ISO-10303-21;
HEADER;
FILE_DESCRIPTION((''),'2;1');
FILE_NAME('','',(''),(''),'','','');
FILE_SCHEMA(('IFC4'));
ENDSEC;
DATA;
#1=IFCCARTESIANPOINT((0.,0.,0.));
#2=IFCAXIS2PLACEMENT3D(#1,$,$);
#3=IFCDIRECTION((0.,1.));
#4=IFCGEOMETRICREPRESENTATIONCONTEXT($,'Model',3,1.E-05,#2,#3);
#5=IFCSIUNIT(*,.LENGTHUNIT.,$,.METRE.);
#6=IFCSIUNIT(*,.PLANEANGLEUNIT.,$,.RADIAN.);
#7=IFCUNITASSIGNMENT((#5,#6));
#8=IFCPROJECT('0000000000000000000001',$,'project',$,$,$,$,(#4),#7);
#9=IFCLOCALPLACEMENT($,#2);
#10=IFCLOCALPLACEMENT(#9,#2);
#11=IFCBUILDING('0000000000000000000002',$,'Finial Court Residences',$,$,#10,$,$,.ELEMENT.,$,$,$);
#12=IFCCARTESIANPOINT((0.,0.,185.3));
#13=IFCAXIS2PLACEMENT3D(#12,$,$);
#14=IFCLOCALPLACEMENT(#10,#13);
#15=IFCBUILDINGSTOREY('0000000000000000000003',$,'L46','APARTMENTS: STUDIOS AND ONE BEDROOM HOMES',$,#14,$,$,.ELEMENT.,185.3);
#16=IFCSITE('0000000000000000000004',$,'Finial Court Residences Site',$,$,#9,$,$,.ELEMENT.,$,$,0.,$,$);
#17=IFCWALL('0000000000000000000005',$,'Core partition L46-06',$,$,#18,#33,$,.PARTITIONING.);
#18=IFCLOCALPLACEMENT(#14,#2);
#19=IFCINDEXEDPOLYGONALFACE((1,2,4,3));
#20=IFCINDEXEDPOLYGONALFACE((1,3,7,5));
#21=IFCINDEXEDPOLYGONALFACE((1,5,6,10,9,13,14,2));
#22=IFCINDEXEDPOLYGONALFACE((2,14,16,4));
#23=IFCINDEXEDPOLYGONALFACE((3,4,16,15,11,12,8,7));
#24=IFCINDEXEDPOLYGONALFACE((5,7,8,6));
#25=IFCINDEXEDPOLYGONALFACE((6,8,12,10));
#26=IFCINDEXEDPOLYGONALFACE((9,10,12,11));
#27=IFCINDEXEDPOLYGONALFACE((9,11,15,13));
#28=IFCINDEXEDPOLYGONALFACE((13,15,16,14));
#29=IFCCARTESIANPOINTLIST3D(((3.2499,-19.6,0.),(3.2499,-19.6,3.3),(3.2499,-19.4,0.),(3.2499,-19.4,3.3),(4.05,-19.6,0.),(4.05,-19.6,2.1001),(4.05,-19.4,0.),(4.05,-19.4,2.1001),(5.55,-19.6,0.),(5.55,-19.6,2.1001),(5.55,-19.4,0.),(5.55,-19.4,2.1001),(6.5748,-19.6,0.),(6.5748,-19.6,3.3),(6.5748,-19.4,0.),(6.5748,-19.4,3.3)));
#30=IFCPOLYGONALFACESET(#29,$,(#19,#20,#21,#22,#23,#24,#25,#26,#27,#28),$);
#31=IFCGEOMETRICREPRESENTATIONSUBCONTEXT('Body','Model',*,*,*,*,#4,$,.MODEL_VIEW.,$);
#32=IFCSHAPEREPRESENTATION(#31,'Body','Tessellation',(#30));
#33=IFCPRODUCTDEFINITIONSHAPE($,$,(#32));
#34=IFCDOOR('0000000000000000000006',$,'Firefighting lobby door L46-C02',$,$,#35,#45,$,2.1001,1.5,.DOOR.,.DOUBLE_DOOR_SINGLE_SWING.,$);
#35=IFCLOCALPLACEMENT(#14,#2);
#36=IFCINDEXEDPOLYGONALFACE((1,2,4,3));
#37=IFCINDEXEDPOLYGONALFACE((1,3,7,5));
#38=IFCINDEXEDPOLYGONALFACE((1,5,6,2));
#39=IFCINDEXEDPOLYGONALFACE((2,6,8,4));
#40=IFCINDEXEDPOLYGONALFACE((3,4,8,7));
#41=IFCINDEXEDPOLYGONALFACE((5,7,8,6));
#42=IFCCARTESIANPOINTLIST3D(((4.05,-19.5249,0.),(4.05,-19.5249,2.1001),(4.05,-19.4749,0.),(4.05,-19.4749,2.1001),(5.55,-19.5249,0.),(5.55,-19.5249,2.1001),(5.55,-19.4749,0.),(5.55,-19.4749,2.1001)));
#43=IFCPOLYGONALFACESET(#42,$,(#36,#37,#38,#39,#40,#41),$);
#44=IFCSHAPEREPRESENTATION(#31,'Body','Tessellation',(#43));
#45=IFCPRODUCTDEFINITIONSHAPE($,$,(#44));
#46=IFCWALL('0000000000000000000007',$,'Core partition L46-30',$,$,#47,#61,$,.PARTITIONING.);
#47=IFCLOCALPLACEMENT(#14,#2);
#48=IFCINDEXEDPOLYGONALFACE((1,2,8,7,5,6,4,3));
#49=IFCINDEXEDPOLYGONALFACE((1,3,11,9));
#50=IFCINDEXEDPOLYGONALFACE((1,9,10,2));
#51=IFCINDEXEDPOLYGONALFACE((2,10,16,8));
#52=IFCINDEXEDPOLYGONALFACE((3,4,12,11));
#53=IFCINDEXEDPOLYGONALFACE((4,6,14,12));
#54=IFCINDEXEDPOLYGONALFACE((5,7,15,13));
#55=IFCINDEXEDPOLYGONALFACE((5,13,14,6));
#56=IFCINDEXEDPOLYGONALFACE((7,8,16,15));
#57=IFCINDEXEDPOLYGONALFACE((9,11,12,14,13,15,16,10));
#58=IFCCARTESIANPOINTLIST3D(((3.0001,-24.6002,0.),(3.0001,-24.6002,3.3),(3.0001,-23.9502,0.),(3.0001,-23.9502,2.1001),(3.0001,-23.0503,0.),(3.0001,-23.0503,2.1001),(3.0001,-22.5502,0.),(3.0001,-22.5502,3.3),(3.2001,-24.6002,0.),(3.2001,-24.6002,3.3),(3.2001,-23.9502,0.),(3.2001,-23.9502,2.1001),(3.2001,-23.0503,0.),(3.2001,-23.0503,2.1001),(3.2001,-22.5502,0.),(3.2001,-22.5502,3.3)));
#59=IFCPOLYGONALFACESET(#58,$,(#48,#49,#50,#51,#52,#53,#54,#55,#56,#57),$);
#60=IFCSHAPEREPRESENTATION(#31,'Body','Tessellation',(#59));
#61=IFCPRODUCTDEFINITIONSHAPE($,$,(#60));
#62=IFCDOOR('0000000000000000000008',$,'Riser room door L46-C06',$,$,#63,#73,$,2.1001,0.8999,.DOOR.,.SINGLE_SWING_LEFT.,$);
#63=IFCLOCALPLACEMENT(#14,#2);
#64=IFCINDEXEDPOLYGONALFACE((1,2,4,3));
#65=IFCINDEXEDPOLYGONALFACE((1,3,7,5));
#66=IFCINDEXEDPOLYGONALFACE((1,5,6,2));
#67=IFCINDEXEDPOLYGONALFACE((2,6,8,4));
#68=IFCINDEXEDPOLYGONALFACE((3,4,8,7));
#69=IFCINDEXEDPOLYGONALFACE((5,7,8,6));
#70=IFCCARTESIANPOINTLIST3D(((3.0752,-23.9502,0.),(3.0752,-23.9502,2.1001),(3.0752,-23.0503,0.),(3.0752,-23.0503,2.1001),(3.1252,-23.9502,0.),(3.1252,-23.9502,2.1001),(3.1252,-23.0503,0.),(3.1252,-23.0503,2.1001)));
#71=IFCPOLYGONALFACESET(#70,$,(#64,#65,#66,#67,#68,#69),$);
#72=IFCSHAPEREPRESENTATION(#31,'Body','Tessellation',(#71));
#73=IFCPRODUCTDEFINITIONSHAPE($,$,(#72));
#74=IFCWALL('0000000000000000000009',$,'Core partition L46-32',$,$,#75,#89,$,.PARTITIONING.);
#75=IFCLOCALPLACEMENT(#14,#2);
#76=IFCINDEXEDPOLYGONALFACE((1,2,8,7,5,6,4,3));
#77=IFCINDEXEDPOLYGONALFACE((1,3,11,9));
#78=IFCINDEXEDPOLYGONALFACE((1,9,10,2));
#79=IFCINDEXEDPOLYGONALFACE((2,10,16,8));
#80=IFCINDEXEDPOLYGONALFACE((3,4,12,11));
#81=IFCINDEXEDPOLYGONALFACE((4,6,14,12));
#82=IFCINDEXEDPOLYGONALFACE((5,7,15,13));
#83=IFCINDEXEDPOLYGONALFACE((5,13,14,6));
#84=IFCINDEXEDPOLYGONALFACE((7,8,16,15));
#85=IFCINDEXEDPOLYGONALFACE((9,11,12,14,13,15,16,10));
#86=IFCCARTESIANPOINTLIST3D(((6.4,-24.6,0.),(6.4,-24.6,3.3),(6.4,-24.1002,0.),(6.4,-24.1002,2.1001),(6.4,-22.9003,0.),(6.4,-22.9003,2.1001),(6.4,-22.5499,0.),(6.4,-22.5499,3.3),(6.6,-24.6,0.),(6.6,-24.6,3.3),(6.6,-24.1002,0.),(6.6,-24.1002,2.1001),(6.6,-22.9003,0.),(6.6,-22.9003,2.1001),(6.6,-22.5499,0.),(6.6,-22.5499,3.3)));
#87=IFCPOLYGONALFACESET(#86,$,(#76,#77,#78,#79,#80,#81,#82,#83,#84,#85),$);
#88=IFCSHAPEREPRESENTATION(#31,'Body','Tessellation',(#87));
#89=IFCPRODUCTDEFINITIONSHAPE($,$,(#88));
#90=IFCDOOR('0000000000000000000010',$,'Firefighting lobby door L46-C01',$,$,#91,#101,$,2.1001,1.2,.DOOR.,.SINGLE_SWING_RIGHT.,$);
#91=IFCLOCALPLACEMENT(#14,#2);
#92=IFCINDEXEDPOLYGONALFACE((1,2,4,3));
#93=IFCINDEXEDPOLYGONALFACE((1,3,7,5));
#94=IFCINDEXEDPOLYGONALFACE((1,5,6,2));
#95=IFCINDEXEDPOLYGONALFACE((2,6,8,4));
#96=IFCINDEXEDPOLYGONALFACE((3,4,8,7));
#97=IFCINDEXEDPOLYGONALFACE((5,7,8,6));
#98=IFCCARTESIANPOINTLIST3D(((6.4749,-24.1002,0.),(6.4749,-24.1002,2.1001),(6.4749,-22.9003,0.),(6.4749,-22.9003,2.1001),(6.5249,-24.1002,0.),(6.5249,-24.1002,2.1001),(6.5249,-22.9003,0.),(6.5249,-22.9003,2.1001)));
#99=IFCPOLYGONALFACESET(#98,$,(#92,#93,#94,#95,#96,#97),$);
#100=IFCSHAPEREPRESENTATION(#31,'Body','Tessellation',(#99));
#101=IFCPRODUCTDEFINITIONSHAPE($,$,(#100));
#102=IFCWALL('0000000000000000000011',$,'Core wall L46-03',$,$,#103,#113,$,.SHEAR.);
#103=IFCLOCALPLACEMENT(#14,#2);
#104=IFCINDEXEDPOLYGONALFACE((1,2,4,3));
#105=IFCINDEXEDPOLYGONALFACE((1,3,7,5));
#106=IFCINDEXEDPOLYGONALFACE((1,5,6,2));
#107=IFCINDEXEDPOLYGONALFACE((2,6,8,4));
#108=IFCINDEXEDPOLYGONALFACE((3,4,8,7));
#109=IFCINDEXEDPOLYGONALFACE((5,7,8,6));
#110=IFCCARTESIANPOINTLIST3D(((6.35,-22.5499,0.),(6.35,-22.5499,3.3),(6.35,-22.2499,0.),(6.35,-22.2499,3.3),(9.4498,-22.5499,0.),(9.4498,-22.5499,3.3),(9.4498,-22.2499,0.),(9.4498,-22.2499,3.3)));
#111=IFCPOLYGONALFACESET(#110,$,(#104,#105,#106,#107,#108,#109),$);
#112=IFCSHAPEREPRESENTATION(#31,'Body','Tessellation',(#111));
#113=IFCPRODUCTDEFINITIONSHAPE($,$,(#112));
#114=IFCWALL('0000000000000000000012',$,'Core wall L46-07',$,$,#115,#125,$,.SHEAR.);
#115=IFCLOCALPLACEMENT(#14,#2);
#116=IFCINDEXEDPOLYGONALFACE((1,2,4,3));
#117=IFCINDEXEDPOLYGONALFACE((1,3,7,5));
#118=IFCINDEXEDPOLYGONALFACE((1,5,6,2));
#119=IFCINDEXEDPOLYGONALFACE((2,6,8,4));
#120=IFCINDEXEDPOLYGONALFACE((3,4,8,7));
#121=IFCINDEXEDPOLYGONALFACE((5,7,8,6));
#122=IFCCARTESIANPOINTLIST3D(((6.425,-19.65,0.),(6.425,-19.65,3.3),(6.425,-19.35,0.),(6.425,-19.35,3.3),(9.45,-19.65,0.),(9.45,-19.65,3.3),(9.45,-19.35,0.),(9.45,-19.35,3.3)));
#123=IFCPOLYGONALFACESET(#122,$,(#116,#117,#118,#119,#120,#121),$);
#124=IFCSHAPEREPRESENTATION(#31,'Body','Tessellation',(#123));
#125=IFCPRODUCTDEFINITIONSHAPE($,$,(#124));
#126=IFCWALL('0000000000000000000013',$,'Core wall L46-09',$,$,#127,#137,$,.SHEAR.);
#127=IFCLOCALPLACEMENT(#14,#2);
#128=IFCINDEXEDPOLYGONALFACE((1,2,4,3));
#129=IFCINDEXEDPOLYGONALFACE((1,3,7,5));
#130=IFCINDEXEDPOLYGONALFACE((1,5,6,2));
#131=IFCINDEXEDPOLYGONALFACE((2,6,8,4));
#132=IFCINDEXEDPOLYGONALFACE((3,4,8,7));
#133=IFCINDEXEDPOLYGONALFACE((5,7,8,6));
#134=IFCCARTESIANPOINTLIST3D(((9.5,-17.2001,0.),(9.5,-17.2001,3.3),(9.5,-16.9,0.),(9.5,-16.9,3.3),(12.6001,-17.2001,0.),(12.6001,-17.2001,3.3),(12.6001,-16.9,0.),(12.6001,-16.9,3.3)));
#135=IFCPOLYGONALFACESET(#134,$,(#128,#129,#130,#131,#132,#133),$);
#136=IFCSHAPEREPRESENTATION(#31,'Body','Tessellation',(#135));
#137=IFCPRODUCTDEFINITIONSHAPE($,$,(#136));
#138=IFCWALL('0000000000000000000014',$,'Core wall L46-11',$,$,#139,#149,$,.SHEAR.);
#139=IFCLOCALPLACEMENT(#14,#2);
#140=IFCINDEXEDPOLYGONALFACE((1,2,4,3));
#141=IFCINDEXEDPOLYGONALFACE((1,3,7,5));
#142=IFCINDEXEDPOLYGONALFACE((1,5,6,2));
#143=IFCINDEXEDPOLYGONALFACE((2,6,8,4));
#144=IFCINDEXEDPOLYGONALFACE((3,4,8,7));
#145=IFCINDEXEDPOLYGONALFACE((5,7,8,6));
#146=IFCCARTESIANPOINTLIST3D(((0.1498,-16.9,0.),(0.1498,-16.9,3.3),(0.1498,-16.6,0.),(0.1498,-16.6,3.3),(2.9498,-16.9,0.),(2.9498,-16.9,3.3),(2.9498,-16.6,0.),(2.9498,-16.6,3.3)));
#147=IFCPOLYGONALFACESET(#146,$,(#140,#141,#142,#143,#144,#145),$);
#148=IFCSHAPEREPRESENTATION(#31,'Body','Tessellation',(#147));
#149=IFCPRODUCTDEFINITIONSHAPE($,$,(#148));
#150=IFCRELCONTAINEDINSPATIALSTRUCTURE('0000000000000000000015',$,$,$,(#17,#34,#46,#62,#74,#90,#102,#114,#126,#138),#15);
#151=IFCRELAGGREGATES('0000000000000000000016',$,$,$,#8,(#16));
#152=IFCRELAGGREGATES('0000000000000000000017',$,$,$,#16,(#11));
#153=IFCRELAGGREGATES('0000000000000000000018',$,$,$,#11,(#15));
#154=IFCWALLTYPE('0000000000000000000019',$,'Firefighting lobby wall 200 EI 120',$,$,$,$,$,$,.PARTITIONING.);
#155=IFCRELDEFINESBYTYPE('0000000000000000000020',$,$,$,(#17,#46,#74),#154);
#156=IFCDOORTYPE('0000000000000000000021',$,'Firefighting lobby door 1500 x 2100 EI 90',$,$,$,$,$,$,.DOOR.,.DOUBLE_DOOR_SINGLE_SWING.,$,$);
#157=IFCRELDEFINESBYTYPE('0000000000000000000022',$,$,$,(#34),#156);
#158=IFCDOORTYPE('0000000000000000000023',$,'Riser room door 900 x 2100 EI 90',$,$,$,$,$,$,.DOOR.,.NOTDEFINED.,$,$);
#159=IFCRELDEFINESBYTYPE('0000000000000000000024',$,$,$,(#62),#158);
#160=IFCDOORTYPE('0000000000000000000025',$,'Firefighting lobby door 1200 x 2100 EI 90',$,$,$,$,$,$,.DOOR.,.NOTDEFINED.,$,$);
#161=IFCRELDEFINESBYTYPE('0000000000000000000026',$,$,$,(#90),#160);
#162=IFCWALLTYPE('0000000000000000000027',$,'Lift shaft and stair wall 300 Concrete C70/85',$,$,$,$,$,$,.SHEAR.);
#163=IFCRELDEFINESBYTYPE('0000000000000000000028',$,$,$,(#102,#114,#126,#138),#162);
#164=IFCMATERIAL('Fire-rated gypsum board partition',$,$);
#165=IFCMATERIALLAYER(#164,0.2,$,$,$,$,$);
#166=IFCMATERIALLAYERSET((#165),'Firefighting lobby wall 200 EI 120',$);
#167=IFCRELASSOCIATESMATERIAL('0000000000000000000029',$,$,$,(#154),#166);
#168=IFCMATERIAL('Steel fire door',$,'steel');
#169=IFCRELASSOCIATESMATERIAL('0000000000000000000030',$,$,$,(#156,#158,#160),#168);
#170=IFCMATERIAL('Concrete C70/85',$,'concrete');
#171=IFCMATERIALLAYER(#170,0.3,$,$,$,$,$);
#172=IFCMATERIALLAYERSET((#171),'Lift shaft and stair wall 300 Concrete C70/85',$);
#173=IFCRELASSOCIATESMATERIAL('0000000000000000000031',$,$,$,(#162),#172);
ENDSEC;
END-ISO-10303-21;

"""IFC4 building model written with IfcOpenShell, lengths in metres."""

from ifc_helpers import new_model, si_unit, direction, frame, frame_2d, origin, place, context, subcontext, project, spatial, rectangle, extrude, material, layer, layer_set, type_object, element, fill, save


model = new_model("IFC4")

# Units and contexts
model_context = context("Model", 3, precision=1e-05, world=origin(), true_north=direction((0.0, 1.0)))
body_context = subcontext(model_context, "Body", "Model", "MODEL_VIEW")
ifc_project = project(units=[si_unit("LENGTHUNIT", "METRE"), si_unit("PLANEANGLEUNIT", "RADIAN")], contexts=[model_context])

# Site, building, storey
site_placement = place(None, origin())
site = spatial("IfcSite", under=ifc_project, at=site_placement, Name="Finial Court Residences Site", CompositionType="ELEMENT", RefElevation=0.0)
building_placement = place(site_placement, origin())
building = spatial("IfcBuilding", under=site, at=building_placement, Name="Finial Court Residences", CompositionType="ELEMENT")
storey_placement = place(building_placement, frame((0.0, 0.0, 185.3)))
storey = spatial("IfcBuildingStorey", under=building, at=storey_placement, Name="L46", Description="APARTMENTS: STUDIOS AND ONE BEDROOM HOMES", CompositionType="ELEMENT", Elevation=185.3)

# Walls, openings, doors
ifc_material_1 = material(Name="Fire-rated gypsum board partition")
ifc_layer_1 = layer(ifc_material_1, 0.2)
ifc_layer_set_1 = layer_set([ifc_layer_1], Name="Firefighting lobby wall 200 EI 120")
wall_type_1 = type_object("IfcWallType", Name="Firefighting lobby wall 200 EI 120", PredefinedType="PARTITIONING", material=ifc_layer_set_1)
wall_1_placement = place(storey_placement, frame((6.575, -19.5, 0.0), z_axis=(0.0, 0.0, 1.0), x_axis=(-1.0, 0.0, 0.0)))
wall_1 = element("IfcWall", 1, at=wall_1_placement, inside=storey, type_object=wall_type_1, Name="Core partition L46-06", PredefinedType="PARTITIONING", context=body_context, shape_type="SweptSolid", body=[
    extrude(rectangle(XDim=3.325, YDim=0.2, at=frame_2d((1.6626, 0.0))), origin(), (0.0, 0.0, 1.0), 3.3),
])
opening_1_placement = place(wall_1_placement, frame((1.0249, 0.0, 0.0)))
opening_1 = element("IfcOpeningElement", 2, at=opening_1_placement, cuts=wall_1, PredefinedType="OPENING", context=body_context, shape_type="SweptSolid", body=[
    extrude(rectangle(XDim=1.5, YDim=2.1001, at=frame_2d((0.75, 1.05))), frame((0.0, 0.1099, 0.0), z_axis=(0.0, -1.0, 0.0), x_axis=(1.0, 0.0, 0.0)), (0.0, 0.0, 1.0), 0.22),
])
ifc_material_2 = material(Name="Steel fire door", Category="steel")
door_type_1 = type_object("IfcDoorType", Name="Firefighting lobby door 1500 x 2100 EI 90", OperationType="DOUBLE_DOOR_SINGLE_SWING", PredefinedType="DOOR", material=ifc_material_2)
door_1_placement = place(opening_1_placement, origin())
door_1 = element("IfcDoor", 3, at=door_1_placement, inside=storey, type_object=door_type_1, Name="Firefighting lobby door L46-C02", OperationType="DOUBLE_DOOR_SINGLE_SWING", OverallHeight=2.1001, OverallWidth=1.5, PredefinedType="DOOR", context=body_context, shape_type="SweptSolid", body=[
    extrude(rectangle(XDim=1.5, YDim=2.1001, at=frame_2d((0.75, 1.05))), frame((0.0, 0.0249, 0.0), z_axis=(0.0, -1.0, 0.0), x_axis=(1.0, 0.0, 0.0)), (0.0, 0.0, 1.0), 0.05),
])
fill(opening_1, door_1)
wall_2_placement = place(storey_placement, frame((3.1001, -24.6001, 0.0), z_axis=(0.0, 0.0, 1.0), x_axis=(0.0, 1.0, 0.0)))
wall_2 = element("IfcWall", 4, at=wall_2_placement, inside=storey, type_object=wall_type_1, Name="Core partition L46-30", PredefinedType="PARTITIONING", context=body_context, shape_type="SweptSolid", body=[
    extrude(rectangle(XDim=2.05, YDim=0.2, at=frame_2d((1.0249, 0.0))), origin(), (0.0, 0.0, 1.0), 3.3),
])
opening_2_placement = place(wall_2_placement, frame((0.6499, 0.0, 0.0)))
opening_2 = element("IfcOpeningElement", 5, at=opening_2_placement, cuts=wall_2, PredefinedType="OPENING", context=body_context, shape_type="SweptSolid", body=[
    extrude(rectangle(XDim=0.8999, YDim=2.1001, at=frame_2d((0.45, 1.05))), frame((0.0, 0.1099, 0.0), z_axis=(0.0, -1.0, 0.0), x_axis=(1.0, 0.0, 0.0)), (0.0, 0.0, 1.0), 0.22),
])
door_type_2 = type_object("IfcDoorType", Name="Riser room door 900 x 2100 EI 90", OperationType="NOTDEFINED", PredefinedType="DOOR", material=ifc_material_2)
door_2_placement = place(opening_2_placement, origin())
door_2 = element("IfcDoor", 6, at=door_2_placement, inside=storey, type_object=door_type_2, Name="Riser room door L46-C06", OperationType="SINGLE_SWING_LEFT", OverallHeight=2.1001, OverallWidth=0.8999, PredefinedType="DOOR", context=body_context, shape_type="SweptSolid", body=[
    extrude(rectangle(XDim=0.8999, YDim=2.1001, at=frame_2d((0.45, 1.05))), frame((0.0, 0.0249, 0.0), z_axis=(0.0, -1.0, 0.0), x_axis=(1.0, 0.0, 0.0)), (0.0, 0.0, 1.0), 0.05),
])
fill(opening_2, door_2)
wall_3_placement = place(storey_placement, frame((6.5, -22.55, 0.0), z_axis=(0.0, 0.0, 1.0), x_axis=(0.0, -1.0, 0.0)))
wall_3 = element("IfcWall", 7, at=wall_3_placement, inside=storey, type_object=wall_type_1, Name="Core partition L46-32", PredefinedType="PARTITIONING", context=body_context, shape_type="SweptSolid", body=[
    extrude(rectangle(XDim=2.05, YDim=0.2, at=frame_2d((1.0249, 0.0))), origin(), (0.0, 0.0, 1.0), 3.3),
])
opening_3_placement = place(wall_3_placement, frame((0.3501, 0.0, 0.0)))
opening_3 = element("IfcOpeningElement", 8, at=opening_3_placement, cuts=wall_3, PredefinedType="OPENING", context=body_context, shape_type="SweptSolid", body=[
    extrude(rectangle(XDim=1.2, YDim=2.1001, at=frame_2d((0.6001, 1.05))), frame((0.0, 0.1099, 0.0), z_axis=(0.0, -1.0, 0.0), x_axis=(1.0, 0.0, 0.0)), (0.0, 0.0, 1.0), 0.22),
])
door_type_3 = type_object("IfcDoorType", Name="Firefighting lobby door 1200 x 2100 EI 90", OperationType="NOTDEFINED", PredefinedType="DOOR", material=ifc_material_2)
door_3_placement = place(opening_3_placement, origin())
door_3 = element("IfcDoor", 9, at=door_3_placement, inside=storey, type_object=door_type_3, Name="Firefighting lobby door L46-C01", OperationType="SINGLE_SWING_RIGHT", OverallHeight=2.1001, OverallWidth=1.2, PredefinedType="DOOR", context=body_context, shape_type="SweptSolid", body=[
    extrude(rectangle(XDim=1.2, YDim=2.1001, at=frame_2d((0.6001, 1.05))), frame((0.0, 0.0249, 0.0), z_axis=(0.0, -1.0, 0.0), x_axis=(1.0, 0.0, 0.0)), (0.0, 0.0, 1.0), 0.05),
])
fill(opening_3, door_3)

# Walls
ifc_material_3 = material(Name="Concrete C70/85", Category="concrete")
ifc_layer_2 = layer(ifc_material_3, 0.3)
ifc_layer_set_2 = layer_set([ifc_layer_2], Name="Lift shaft and stair wall 300 Concrete C70/85")
wall_type_2 = type_object("IfcWallType", Name="Lift shaft and stair wall 300 Concrete C70/85", PredefinedType="SHEAR", material=ifc_layer_set_2)
wall_4_placement = place(storey_placement, frame((6.3501, -22.3999, 0.0), z_axis=(0.0, 0.0, 1.0), x_axis=(1.0, 0.0, 0.0)))
element("IfcWall", 10, at=wall_4_placement, inside=storey, type_object=wall_type_2, Name="Core wall L46-03", PredefinedType="SHEAR", context=body_context, shape_type="SweptSolid", body=[
    extrude(rectangle(XDim=3.0999, YDim=0.3, at=frame_2d((1.5498, 0.0))), origin(), (0.0, 0.0, 1.0), 3.3),
])
wall_5_placement = place(storey_placement, frame((6.425, -19.5, 0.0), z_axis=(0.0, 0.0, 1.0), x_axis=(1.0, 0.0, 0.0)))
element("IfcWall", 11, at=wall_5_placement, inside=storey, type_object=wall_type_2, Name="Core wall L46-07", PredefinedType="SHEAR", context=body_context, shape_type="SweptSolid", body=[
    extrude(rectangle(XDim=3.0249, YDim=0.3, at=frame_2d((1.5125, 0.0))), origin(), (0.0, 0.0, 1.0), 3.3),
])
wall_6_placement = place(storey_placement, frame((9.5, -17.05, 0.0), z_axis=(0.0, 0.0, 1.0), x_axis=(1.0, 0.0, 0.0)))
element("IfcWall", 12, at=wall_6_placement, inside=storey, type_object=wall_type_2, Name="Core wall L46-09", PredefinedType="SHEAR", context=body_context, shape_type="SweptSolid", body=[
    extrude(rectangle(XDim=3.1001, YDim=0.3, at=frame_2d((1.55, 0.0))), origin(), (0.0, 0.0, 1.0), 3.3),
])
wall_7_placement = place(storey_placement, frame((0.1499, -16.75, 0.0), z_axis=(0.0, 0.0, 1.0), x_axis=(1.0, 0.0, 0.0)))
element("IfcWall", 13, at=wall_7_placement, inside=storey, type_object=wall_type_2, Name="Core wall L46-11", PredefinedType="SHEAR", context=body_context, shape_type="SweptSolid", body=[
    extrude(rectangle(XDim=2.8, YDim=0.3, at=frame_2d((1.3999, 0.0))), origin(), (0.0, 0.0, 1.0), 3.3),
])

save(model, "model.ifc")
